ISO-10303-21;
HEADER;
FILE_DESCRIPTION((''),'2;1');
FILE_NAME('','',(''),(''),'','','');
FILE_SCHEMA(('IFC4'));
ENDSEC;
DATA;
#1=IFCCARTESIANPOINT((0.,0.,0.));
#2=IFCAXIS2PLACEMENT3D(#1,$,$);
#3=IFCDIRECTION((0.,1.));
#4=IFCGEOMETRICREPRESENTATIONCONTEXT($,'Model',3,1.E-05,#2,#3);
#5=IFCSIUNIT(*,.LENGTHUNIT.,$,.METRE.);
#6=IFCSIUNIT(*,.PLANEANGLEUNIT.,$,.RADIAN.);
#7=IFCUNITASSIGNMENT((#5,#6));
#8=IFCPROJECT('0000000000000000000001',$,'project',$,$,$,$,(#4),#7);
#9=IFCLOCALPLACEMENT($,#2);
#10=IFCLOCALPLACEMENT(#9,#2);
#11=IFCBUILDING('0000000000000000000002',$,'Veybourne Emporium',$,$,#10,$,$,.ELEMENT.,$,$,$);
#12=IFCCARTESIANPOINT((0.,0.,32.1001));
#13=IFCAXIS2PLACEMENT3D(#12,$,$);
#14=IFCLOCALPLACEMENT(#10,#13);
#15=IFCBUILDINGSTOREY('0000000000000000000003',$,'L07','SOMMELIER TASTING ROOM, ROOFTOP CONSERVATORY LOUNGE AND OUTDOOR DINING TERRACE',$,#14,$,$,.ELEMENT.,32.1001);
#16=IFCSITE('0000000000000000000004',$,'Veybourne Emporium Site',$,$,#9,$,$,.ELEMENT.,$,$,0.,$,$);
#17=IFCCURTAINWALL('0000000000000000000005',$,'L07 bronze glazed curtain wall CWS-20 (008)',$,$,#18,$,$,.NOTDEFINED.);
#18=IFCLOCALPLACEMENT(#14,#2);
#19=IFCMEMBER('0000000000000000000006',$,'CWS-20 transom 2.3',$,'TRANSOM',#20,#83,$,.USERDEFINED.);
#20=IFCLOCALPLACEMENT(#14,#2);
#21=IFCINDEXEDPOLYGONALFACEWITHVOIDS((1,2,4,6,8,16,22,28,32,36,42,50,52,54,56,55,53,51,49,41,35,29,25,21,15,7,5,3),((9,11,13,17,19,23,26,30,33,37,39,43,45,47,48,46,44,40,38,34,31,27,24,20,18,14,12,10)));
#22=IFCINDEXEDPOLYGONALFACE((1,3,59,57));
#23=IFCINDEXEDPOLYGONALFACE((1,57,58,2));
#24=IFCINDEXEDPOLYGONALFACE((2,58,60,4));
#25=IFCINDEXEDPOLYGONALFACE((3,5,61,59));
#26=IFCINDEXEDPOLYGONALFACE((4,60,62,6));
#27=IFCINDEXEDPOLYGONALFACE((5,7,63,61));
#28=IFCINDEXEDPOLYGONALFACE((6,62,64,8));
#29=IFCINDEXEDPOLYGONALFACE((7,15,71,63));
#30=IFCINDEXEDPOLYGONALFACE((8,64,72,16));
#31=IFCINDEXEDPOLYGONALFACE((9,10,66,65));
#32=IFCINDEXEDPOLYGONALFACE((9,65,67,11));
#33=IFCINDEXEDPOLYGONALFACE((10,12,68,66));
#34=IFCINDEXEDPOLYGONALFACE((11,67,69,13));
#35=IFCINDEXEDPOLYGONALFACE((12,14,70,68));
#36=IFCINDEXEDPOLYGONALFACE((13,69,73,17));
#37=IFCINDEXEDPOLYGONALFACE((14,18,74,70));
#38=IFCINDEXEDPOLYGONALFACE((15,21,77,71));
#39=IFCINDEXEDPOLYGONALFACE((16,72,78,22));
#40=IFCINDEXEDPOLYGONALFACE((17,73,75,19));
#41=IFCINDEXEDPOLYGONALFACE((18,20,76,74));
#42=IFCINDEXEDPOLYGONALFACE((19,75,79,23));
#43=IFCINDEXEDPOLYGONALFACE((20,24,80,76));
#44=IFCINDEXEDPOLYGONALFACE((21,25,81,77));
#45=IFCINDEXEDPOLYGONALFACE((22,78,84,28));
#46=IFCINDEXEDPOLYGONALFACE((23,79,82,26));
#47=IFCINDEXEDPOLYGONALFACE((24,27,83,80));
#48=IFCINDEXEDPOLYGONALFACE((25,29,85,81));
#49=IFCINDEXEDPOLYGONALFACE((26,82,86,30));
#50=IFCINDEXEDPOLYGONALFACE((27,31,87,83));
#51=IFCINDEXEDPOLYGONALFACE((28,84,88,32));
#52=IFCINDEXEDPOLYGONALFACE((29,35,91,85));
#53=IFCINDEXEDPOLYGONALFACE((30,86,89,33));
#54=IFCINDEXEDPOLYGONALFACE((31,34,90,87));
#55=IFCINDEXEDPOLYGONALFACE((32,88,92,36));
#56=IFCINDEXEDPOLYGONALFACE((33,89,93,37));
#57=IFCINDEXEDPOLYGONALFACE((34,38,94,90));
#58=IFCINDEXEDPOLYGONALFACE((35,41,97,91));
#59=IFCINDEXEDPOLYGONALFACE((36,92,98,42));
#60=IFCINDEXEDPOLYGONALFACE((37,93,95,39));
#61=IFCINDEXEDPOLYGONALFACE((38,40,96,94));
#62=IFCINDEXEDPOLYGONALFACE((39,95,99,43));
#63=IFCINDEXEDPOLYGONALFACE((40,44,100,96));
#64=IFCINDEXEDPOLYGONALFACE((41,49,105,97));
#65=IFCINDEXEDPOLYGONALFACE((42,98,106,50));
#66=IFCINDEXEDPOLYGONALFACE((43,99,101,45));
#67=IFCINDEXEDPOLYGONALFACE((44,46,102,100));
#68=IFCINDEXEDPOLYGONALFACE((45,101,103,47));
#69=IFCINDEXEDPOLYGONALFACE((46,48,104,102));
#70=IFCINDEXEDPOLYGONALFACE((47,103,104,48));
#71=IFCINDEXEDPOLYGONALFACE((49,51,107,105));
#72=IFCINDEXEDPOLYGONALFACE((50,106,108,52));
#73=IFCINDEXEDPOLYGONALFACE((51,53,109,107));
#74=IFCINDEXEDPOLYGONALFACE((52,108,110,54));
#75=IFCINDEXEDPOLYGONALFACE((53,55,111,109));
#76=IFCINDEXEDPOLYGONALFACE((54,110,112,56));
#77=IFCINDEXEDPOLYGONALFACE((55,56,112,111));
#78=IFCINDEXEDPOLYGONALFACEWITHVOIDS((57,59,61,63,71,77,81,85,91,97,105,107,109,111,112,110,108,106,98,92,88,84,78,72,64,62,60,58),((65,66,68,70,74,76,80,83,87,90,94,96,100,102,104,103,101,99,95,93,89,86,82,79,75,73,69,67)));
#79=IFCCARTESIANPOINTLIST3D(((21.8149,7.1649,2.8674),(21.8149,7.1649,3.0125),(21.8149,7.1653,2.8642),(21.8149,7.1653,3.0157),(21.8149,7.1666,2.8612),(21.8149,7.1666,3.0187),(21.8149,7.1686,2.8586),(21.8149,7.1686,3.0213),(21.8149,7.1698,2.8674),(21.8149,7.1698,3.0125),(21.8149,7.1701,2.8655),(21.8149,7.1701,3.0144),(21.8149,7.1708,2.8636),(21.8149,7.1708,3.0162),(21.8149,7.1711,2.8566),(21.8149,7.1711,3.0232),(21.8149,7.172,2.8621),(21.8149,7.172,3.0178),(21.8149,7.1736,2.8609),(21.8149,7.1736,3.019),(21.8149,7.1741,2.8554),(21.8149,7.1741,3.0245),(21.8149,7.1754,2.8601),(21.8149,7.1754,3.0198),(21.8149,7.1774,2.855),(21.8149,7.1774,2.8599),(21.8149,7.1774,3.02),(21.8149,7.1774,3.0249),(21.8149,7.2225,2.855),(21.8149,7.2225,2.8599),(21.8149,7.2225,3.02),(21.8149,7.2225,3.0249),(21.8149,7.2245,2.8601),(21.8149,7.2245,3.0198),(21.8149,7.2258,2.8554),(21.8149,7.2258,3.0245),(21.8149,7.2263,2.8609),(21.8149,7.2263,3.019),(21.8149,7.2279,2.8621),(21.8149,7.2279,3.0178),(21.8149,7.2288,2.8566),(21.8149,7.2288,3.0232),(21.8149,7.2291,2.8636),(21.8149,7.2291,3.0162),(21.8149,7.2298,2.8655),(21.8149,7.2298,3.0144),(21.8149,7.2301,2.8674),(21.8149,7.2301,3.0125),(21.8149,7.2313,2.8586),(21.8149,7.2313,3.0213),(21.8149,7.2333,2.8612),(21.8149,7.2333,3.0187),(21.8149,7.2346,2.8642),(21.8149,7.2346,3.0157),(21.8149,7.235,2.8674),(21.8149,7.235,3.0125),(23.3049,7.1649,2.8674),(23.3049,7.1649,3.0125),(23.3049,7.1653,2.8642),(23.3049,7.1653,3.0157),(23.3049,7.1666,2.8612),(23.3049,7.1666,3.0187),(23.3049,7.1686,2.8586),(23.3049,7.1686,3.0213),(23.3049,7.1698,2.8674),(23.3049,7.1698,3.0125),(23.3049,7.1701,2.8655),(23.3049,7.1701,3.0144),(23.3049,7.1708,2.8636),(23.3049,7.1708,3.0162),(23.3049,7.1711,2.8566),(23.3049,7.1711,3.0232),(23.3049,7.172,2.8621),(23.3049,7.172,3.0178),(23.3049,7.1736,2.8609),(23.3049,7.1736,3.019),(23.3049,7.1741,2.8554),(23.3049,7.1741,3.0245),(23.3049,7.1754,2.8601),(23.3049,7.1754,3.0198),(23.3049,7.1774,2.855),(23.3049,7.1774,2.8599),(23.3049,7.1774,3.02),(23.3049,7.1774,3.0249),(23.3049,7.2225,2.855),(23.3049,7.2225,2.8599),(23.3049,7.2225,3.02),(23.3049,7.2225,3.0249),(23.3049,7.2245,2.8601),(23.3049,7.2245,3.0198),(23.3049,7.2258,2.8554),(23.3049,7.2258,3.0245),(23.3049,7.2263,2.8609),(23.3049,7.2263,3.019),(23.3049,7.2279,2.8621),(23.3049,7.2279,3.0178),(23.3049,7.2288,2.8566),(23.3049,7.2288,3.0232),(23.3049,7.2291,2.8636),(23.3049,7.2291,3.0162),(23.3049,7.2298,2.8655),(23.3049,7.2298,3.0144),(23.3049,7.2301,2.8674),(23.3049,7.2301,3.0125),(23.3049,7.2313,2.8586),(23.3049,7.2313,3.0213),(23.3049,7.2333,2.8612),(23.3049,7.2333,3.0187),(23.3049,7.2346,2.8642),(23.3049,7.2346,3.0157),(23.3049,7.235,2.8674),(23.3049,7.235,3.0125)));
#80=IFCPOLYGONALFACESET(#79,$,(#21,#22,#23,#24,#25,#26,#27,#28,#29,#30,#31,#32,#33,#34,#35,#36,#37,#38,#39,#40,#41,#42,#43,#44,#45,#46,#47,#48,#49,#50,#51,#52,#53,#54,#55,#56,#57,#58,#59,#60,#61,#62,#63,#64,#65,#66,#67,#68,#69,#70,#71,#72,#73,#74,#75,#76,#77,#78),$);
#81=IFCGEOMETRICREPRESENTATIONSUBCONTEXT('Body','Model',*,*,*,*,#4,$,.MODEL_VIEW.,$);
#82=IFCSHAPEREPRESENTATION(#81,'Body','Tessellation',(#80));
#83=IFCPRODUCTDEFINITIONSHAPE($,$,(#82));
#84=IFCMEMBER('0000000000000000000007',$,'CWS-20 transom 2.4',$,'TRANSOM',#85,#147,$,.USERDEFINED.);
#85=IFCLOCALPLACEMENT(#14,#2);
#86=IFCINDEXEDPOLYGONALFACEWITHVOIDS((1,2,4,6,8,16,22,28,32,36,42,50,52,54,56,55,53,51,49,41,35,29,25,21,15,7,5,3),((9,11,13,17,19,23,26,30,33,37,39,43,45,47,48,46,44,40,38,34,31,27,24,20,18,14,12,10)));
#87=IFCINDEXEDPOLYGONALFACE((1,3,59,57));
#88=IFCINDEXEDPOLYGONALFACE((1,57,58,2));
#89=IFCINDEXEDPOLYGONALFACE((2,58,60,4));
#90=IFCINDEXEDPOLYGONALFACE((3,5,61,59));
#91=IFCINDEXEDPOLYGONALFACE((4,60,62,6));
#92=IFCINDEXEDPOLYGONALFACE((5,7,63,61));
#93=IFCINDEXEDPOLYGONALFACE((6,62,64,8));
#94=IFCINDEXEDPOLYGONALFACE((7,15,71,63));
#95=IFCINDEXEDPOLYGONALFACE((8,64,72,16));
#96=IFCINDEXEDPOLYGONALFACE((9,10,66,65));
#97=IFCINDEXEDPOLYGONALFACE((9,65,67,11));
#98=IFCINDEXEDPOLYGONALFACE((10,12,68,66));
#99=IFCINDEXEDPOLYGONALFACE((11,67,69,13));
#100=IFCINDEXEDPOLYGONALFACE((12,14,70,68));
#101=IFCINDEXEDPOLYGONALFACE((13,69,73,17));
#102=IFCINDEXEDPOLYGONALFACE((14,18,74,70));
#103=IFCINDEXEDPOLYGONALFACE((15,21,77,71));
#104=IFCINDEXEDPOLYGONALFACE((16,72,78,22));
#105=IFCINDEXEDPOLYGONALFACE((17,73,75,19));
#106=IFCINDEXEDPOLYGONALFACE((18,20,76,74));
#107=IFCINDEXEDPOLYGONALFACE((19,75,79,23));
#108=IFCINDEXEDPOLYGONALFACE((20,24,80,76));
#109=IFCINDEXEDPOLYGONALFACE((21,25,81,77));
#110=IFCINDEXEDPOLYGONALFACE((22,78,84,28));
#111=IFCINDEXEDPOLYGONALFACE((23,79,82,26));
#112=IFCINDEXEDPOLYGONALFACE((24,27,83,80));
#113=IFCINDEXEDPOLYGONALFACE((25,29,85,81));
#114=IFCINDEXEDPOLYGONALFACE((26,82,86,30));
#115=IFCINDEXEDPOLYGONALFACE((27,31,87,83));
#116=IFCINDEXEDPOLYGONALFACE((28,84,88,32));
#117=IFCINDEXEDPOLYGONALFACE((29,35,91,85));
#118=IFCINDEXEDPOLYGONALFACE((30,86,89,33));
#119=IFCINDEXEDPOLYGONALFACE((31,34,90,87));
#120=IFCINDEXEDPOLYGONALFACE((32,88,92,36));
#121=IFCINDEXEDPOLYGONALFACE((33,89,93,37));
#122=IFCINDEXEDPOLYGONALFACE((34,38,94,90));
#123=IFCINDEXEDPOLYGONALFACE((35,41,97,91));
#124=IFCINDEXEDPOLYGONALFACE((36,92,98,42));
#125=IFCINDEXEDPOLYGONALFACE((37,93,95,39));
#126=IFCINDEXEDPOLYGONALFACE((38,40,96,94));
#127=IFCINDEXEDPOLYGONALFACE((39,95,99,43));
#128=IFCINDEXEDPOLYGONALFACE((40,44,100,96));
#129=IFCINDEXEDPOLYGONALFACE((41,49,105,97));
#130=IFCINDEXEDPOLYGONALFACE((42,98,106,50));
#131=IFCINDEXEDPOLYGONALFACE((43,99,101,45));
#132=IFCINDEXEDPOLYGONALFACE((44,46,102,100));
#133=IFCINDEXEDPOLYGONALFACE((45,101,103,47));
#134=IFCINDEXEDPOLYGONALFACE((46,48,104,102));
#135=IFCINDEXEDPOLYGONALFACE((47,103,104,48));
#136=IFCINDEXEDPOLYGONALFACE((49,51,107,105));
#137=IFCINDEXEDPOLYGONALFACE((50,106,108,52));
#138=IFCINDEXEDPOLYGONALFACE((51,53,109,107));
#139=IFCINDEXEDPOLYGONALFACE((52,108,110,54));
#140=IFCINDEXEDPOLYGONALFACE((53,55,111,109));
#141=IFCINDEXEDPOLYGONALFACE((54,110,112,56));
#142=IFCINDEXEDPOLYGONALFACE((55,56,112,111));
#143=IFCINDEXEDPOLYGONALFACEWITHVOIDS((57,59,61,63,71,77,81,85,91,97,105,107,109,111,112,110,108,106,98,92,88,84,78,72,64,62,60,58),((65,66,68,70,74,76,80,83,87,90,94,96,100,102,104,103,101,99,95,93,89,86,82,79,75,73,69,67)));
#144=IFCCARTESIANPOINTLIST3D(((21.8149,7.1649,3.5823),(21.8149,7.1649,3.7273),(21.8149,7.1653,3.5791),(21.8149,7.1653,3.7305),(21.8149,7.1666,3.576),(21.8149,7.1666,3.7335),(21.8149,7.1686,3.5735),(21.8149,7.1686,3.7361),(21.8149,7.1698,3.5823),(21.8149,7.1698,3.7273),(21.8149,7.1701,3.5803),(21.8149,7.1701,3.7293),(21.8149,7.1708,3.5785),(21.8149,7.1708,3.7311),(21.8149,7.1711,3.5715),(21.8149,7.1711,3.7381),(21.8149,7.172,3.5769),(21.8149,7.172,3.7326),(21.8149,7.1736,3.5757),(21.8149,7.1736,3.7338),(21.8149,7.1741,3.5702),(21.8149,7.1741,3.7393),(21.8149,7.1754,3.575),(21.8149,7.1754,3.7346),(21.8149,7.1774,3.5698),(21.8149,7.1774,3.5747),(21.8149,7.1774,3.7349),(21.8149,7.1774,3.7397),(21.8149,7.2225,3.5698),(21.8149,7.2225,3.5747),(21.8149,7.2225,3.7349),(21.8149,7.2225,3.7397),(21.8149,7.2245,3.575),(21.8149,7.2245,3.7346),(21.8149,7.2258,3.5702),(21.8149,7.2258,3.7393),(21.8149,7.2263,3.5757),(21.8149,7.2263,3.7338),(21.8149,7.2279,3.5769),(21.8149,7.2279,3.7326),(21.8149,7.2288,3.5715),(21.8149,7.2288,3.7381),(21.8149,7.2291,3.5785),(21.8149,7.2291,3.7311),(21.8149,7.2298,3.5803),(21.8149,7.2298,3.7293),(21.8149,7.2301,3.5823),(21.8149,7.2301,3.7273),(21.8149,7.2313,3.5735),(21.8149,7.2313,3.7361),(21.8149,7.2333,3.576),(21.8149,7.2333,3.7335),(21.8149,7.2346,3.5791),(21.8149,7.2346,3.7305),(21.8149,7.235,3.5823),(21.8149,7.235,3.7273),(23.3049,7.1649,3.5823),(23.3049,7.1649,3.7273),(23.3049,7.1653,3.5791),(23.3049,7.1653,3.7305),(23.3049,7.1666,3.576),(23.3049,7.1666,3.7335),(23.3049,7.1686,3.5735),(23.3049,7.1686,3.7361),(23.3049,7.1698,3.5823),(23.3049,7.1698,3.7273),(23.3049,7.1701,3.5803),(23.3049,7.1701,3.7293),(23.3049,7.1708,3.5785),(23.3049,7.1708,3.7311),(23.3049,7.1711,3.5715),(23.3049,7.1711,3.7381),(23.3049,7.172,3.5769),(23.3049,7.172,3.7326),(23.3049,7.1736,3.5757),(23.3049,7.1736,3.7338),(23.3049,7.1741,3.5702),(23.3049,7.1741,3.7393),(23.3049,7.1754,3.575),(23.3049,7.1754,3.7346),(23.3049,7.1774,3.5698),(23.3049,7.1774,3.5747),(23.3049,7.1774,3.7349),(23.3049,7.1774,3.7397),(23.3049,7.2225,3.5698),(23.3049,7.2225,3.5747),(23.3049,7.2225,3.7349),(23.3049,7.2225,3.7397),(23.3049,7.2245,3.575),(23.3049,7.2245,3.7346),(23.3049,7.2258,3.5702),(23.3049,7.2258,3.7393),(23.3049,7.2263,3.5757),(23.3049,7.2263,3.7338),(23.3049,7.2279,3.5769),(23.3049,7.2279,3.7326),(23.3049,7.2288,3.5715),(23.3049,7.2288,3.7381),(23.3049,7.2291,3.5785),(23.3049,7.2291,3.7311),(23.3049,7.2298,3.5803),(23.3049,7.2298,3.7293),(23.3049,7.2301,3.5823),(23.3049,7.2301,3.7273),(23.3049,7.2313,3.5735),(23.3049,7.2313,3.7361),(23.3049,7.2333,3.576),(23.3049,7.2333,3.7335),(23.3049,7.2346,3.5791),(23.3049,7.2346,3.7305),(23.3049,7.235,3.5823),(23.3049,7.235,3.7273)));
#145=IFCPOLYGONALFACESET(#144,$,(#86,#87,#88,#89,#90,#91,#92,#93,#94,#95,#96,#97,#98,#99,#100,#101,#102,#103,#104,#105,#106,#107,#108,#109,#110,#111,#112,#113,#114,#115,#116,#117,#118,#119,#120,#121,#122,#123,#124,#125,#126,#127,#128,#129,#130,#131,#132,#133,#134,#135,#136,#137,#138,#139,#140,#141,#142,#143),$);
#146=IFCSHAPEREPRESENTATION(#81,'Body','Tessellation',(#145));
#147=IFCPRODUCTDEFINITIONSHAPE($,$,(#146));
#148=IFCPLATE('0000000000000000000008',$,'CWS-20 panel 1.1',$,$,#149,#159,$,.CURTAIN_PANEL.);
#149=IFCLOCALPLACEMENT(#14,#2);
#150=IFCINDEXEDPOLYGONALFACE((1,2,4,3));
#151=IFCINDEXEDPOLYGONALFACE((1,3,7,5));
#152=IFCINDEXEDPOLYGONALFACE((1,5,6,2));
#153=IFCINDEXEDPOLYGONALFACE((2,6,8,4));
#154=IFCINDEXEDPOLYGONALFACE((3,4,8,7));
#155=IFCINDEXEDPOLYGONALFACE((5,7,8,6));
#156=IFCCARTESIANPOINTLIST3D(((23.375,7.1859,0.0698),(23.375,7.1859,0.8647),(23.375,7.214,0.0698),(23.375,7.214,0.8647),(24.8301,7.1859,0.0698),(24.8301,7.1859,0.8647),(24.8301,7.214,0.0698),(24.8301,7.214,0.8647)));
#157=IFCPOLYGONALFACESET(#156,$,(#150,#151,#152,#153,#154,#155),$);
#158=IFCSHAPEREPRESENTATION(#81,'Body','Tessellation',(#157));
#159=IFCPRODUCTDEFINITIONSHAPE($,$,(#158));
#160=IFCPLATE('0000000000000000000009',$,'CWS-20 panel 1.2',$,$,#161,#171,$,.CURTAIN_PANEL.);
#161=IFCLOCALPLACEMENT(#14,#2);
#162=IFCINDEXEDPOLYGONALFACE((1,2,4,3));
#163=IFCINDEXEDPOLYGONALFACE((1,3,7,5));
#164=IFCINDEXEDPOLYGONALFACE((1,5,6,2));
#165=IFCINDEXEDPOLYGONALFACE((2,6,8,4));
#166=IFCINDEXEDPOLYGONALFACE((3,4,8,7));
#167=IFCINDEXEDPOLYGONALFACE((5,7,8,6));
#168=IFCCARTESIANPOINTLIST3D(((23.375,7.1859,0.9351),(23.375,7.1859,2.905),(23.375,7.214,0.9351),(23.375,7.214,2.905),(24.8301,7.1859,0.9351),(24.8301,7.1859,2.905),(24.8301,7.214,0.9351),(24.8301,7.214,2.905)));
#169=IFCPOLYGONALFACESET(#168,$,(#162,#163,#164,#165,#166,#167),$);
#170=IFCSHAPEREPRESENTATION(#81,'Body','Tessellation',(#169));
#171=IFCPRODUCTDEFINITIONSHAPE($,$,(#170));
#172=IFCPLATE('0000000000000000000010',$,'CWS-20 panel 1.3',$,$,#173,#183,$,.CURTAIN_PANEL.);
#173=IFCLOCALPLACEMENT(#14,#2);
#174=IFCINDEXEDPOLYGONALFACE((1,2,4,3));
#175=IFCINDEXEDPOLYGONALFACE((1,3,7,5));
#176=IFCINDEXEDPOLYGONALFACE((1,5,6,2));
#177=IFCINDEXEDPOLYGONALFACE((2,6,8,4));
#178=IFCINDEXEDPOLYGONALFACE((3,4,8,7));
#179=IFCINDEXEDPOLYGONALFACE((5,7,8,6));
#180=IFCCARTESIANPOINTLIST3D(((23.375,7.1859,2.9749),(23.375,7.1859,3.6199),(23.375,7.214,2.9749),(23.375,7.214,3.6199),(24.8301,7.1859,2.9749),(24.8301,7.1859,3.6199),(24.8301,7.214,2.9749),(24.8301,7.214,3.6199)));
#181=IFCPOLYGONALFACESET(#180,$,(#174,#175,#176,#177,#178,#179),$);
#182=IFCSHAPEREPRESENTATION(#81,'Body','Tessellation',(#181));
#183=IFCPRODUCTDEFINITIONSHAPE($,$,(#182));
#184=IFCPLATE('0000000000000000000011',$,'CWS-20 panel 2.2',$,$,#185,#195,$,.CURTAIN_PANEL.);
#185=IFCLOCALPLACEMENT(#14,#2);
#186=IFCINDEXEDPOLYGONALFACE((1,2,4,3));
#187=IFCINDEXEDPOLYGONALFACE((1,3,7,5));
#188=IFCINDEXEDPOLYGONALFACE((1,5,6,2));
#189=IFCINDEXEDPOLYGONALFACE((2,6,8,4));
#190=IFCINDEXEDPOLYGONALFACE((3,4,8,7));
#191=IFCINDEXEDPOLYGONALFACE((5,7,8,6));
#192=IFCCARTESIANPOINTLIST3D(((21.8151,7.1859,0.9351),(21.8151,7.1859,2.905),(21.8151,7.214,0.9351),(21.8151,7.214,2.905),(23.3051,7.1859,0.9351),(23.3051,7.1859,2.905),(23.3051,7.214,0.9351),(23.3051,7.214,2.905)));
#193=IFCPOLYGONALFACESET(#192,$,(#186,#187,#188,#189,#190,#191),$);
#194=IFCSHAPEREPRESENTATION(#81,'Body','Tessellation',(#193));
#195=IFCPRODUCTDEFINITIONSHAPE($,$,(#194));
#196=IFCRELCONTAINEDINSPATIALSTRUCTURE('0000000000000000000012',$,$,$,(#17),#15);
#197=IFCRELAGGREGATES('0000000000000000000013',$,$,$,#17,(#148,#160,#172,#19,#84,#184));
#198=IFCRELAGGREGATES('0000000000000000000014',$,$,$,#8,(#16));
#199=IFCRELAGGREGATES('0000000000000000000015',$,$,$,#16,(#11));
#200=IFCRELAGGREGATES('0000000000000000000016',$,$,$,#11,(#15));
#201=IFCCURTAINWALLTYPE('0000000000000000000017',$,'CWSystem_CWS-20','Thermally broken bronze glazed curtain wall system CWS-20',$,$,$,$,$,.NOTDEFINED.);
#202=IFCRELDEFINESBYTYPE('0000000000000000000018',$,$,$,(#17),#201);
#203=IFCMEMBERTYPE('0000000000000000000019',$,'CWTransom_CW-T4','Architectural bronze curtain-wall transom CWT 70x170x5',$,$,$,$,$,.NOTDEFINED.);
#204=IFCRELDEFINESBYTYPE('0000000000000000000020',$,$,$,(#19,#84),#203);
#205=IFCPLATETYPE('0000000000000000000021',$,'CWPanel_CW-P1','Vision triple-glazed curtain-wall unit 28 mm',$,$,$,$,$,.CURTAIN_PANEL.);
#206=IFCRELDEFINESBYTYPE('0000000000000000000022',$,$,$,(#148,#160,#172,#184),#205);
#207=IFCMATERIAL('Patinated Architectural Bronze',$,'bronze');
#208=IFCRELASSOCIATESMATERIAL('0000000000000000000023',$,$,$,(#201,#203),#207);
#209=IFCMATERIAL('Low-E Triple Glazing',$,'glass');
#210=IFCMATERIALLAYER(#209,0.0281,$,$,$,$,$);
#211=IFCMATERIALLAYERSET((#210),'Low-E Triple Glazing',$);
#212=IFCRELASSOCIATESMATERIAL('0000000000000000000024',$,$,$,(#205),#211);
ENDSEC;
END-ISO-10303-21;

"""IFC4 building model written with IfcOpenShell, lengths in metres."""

from ifc_helpers import new_model, si_unit, direction, frame, origin, origin_2d, place, context, subcontext, project, spatial, rectangle, hollow_rectangle, extrude, material, layer, layer_set, material_profile, profile_set, type_object, element, aggregate, save


model = new_model("IFC4")

# Units and contexts
model_context = context("Model", 3, precision=1e-05, world=origin(), true_north=direction((0.0, 1.0)))
body_context = subcontext(model_context, "Body", "Model", "MODEL_VIEW")
ifc_project = project(units=[si_unit("LENGTHUNIT", "METRE"), si_unit("PLANEANGLEUNIT", "RADIAN")], contexts=[model_context])

# Site, building, storey
site_placement = place(None, origin())
site = spatial("IfcSite", under=ifc_project, at=site_placement, Name="Veybourne Emporium Site", CompositionType="ELEMENT", RefElevation=0.0)
building_placement = place(site_placement, origin())
building = spatial("IfcBuilding", under=site, at=building_placement, Name="Veybourne Emporium", CompositionType="ELEMENT")
storey_placement = place(building_placement, frame((0.0, 0.0, 32.1001)))
storey = spatial("IfcBuildingStorey", under=building, at=storey_placement, Name="L07", Description="SOMMELIER TASTING ROOM, ROOFTOP CONSERVATORY LOUNGE AND OUTDOOR DINING TERRACE", CompositionType="ELEMENT", Elevation=32.1001)

# Curtain wall, members, plates
ifc_material_1 = material(Name="Patinated Architectural Bronze", Category="bronze")
curtain_wall_type = type_object("IfcCurtainWallType", Name="CWSystem_CWS-20", Description="Thermally broken bronze glazed curtain wall system CWS-20", PredefinedType="NOTDEFINED", material=ifc_material_1)
curtain_wall_placement = place(storey_placement, origin())
curtain_wall = element("IfcCurtainWall", 1, at=curtain_wall_placement, inside=storey, type_object=curtain_wall_type, Name="L07 bronze glazed curtain wall CWS-20 (008)", PredefinedType="NOTDEFINED")
ifc_material_profile_1 = material_profile(ifc_material_1, hollow_rectangle(XDim=0.0701, YDim=0.1699, WallThickness=0.0049, InnerFilletRadius=0.0076, OuterFilletRadius=0.0125, at=origin_2d()), Name="CWT 70x170x5")
ifc_profile_set_1 = profile_set([ifc_material_profile_1], Name="Patinated Architectural Bronze")
member_type_1 = type_object("IfcMemberType", Name="CWTransom_CW-T4", Description="Architectural bronze curtain-wall transom CWT 70x170x5", PredefinedType="NOTDEFINED", material=ifc_profile_set_1)
member_1_placement = place(storey_placement, frame((23.3049, 7.2, 2.9399), z_axis=(-1.0, 0.0, 0.0), x_axis=(0.0, -1.0, 0.0)))
member_1 = element("IfcMember", 2, at=member_1_placement, type_object=member_type_1, Name="CWS-20 transom 2.3", ObjectType="TRANSOM", PredefinedType="USERDEFINED", context=body_context, shape_type="SweptSolid", body=[
    extrude(hollow_rectangle(XDim=0.0701, YDim=0.1699, WallThickness=0.0049, InnerFilletRadius=0.0076, OuterFilletRadius=0.0125, at=origin_2d()), origin(), (0.0, 0.0, 1.0), 1.49),
])
member_2_placement = place(storey_placement, frame((23.3049, 7.2, 3.6548), z_axis=(-1.0, 0.0, 0.0), x_axis=(0.0, -1.0, 0.0)))
member_2 = element("IfcMember", 3, at=member_2_placement, type_object=member_type_1, Name="CWS-20 transom 2.4", ObjectType="TRANSOM", PredefinedType="USERDEFINED", context=body_context, shape_type="SweptSolid", body=[
    extrude(hollow_rectangle(XDim=0.0701, YDim=0.1699, WallThickness=0.0049, InnerFilletRadius=0.0076, OuterFilletRadius=0.0125, at=origin_2d()), origin(), (0.0, 0.0, 1.0), 1.49),
])
ifc_material_2 = material(Name="Low-E Triple Glazing", Category="glass")
ifc_layer_1 = layer(ifc_material_2, 0.0281)
ifc_layer_set_1 = layer_set([ifc_layer_1], Name="Low-E Triple Glazing")
plate_type = type_object("IfcPlateType", Name="CWPanel_CW-P1", Description="Vision triple-glazed curtain-wall unit 28 mm", PredefinedType="CURTAIN_PANEL", material=ifc_layer_set_1)
plate_1_placement = place(storey_placement, frame((24.1025, 7.2, 0.0698), z_axis=(0.0, 0.0, 1.0), x_axis=(-1.0, 0.0, 0.0)))
plate_1 = element("IfcPlate", 4, at=plate_1_placement, type_object=plate_type, Name="CWS-20 panel 1.1", PredefinedType="CURTAIN_PANEL", context=body_context, shape_type="SweptSolid", body=[
    extrude(rectangle(XDim=1.4551, YDim=0.0281, at=origin_2d()), origin(), (0.0, 0.0, 1.0), 0.7949),
])
plate_2_placement = place(storey_placement, frame((24.1025, 7.2, 0.9351), z_axis=(0.0, 0.0, 1.0), x_axis=(-1.0, 0.0, 0.0)))
plate_2 = element("IfcPlate", 5, at=plate_2_placement, type_object=plate_type, Name="CWS-20 panel 1.2", PredefinedType="CURTAIN_PANEL", context=body_context, shape_type="SweptSolid", body=[
    extrude(rectangle(XDim=1.4551, YDim=0.0281, at=origin_2d()), origin(), (0.0, 0.0, 1.0), 1.97),
])
plate_3_placement = place(storey_placement, frame((24.1025, 7.2, 2.9749), z_axis=(0.0, 0.0, 1.0), x_axis=(-1.0, 0.0, 0.0)))
plate_3 = element("IfcPlate", 6, at=plate_3_placement, type_object=plate_type, Name="CWS-20 panel 1.3", PredefinedType="CURTAIN_PANEL", context=body_context, shape_type="SweptSolid", body=[
    extrude(rectangle(XDim=1.4551, YDim=0.0281, at=origin_2d()), origin(), (0.0, 0.0, 1.0), 0.645),
])
plate_4_placement = place(storey_placement, frame((22.5601, 7.2, 0.9351), z_axis=(0.0, 0.0, 1.0), x_axis=(-1.0, 0.0, 0.0)))
plate_4 = element("IfcPlate", 7, at=plate_4_placement, type_object=plate_type, Name="CWS-20 panel 2.2", PredefinedType="CURTAIN_PANEL", context=body_context, shape_type="SweptSolid", body=[
    extrude(rectangle(XDim=1.49, YDim=0.0281, at=origin_2d()), origin(), (0.0, 0.0, 1.0), 1.97),
])
aggregate(curtain_wall, [plate_1, plate_2, plate_3, member_1, member_2, plate_4])

save(model, "model.ifc")
